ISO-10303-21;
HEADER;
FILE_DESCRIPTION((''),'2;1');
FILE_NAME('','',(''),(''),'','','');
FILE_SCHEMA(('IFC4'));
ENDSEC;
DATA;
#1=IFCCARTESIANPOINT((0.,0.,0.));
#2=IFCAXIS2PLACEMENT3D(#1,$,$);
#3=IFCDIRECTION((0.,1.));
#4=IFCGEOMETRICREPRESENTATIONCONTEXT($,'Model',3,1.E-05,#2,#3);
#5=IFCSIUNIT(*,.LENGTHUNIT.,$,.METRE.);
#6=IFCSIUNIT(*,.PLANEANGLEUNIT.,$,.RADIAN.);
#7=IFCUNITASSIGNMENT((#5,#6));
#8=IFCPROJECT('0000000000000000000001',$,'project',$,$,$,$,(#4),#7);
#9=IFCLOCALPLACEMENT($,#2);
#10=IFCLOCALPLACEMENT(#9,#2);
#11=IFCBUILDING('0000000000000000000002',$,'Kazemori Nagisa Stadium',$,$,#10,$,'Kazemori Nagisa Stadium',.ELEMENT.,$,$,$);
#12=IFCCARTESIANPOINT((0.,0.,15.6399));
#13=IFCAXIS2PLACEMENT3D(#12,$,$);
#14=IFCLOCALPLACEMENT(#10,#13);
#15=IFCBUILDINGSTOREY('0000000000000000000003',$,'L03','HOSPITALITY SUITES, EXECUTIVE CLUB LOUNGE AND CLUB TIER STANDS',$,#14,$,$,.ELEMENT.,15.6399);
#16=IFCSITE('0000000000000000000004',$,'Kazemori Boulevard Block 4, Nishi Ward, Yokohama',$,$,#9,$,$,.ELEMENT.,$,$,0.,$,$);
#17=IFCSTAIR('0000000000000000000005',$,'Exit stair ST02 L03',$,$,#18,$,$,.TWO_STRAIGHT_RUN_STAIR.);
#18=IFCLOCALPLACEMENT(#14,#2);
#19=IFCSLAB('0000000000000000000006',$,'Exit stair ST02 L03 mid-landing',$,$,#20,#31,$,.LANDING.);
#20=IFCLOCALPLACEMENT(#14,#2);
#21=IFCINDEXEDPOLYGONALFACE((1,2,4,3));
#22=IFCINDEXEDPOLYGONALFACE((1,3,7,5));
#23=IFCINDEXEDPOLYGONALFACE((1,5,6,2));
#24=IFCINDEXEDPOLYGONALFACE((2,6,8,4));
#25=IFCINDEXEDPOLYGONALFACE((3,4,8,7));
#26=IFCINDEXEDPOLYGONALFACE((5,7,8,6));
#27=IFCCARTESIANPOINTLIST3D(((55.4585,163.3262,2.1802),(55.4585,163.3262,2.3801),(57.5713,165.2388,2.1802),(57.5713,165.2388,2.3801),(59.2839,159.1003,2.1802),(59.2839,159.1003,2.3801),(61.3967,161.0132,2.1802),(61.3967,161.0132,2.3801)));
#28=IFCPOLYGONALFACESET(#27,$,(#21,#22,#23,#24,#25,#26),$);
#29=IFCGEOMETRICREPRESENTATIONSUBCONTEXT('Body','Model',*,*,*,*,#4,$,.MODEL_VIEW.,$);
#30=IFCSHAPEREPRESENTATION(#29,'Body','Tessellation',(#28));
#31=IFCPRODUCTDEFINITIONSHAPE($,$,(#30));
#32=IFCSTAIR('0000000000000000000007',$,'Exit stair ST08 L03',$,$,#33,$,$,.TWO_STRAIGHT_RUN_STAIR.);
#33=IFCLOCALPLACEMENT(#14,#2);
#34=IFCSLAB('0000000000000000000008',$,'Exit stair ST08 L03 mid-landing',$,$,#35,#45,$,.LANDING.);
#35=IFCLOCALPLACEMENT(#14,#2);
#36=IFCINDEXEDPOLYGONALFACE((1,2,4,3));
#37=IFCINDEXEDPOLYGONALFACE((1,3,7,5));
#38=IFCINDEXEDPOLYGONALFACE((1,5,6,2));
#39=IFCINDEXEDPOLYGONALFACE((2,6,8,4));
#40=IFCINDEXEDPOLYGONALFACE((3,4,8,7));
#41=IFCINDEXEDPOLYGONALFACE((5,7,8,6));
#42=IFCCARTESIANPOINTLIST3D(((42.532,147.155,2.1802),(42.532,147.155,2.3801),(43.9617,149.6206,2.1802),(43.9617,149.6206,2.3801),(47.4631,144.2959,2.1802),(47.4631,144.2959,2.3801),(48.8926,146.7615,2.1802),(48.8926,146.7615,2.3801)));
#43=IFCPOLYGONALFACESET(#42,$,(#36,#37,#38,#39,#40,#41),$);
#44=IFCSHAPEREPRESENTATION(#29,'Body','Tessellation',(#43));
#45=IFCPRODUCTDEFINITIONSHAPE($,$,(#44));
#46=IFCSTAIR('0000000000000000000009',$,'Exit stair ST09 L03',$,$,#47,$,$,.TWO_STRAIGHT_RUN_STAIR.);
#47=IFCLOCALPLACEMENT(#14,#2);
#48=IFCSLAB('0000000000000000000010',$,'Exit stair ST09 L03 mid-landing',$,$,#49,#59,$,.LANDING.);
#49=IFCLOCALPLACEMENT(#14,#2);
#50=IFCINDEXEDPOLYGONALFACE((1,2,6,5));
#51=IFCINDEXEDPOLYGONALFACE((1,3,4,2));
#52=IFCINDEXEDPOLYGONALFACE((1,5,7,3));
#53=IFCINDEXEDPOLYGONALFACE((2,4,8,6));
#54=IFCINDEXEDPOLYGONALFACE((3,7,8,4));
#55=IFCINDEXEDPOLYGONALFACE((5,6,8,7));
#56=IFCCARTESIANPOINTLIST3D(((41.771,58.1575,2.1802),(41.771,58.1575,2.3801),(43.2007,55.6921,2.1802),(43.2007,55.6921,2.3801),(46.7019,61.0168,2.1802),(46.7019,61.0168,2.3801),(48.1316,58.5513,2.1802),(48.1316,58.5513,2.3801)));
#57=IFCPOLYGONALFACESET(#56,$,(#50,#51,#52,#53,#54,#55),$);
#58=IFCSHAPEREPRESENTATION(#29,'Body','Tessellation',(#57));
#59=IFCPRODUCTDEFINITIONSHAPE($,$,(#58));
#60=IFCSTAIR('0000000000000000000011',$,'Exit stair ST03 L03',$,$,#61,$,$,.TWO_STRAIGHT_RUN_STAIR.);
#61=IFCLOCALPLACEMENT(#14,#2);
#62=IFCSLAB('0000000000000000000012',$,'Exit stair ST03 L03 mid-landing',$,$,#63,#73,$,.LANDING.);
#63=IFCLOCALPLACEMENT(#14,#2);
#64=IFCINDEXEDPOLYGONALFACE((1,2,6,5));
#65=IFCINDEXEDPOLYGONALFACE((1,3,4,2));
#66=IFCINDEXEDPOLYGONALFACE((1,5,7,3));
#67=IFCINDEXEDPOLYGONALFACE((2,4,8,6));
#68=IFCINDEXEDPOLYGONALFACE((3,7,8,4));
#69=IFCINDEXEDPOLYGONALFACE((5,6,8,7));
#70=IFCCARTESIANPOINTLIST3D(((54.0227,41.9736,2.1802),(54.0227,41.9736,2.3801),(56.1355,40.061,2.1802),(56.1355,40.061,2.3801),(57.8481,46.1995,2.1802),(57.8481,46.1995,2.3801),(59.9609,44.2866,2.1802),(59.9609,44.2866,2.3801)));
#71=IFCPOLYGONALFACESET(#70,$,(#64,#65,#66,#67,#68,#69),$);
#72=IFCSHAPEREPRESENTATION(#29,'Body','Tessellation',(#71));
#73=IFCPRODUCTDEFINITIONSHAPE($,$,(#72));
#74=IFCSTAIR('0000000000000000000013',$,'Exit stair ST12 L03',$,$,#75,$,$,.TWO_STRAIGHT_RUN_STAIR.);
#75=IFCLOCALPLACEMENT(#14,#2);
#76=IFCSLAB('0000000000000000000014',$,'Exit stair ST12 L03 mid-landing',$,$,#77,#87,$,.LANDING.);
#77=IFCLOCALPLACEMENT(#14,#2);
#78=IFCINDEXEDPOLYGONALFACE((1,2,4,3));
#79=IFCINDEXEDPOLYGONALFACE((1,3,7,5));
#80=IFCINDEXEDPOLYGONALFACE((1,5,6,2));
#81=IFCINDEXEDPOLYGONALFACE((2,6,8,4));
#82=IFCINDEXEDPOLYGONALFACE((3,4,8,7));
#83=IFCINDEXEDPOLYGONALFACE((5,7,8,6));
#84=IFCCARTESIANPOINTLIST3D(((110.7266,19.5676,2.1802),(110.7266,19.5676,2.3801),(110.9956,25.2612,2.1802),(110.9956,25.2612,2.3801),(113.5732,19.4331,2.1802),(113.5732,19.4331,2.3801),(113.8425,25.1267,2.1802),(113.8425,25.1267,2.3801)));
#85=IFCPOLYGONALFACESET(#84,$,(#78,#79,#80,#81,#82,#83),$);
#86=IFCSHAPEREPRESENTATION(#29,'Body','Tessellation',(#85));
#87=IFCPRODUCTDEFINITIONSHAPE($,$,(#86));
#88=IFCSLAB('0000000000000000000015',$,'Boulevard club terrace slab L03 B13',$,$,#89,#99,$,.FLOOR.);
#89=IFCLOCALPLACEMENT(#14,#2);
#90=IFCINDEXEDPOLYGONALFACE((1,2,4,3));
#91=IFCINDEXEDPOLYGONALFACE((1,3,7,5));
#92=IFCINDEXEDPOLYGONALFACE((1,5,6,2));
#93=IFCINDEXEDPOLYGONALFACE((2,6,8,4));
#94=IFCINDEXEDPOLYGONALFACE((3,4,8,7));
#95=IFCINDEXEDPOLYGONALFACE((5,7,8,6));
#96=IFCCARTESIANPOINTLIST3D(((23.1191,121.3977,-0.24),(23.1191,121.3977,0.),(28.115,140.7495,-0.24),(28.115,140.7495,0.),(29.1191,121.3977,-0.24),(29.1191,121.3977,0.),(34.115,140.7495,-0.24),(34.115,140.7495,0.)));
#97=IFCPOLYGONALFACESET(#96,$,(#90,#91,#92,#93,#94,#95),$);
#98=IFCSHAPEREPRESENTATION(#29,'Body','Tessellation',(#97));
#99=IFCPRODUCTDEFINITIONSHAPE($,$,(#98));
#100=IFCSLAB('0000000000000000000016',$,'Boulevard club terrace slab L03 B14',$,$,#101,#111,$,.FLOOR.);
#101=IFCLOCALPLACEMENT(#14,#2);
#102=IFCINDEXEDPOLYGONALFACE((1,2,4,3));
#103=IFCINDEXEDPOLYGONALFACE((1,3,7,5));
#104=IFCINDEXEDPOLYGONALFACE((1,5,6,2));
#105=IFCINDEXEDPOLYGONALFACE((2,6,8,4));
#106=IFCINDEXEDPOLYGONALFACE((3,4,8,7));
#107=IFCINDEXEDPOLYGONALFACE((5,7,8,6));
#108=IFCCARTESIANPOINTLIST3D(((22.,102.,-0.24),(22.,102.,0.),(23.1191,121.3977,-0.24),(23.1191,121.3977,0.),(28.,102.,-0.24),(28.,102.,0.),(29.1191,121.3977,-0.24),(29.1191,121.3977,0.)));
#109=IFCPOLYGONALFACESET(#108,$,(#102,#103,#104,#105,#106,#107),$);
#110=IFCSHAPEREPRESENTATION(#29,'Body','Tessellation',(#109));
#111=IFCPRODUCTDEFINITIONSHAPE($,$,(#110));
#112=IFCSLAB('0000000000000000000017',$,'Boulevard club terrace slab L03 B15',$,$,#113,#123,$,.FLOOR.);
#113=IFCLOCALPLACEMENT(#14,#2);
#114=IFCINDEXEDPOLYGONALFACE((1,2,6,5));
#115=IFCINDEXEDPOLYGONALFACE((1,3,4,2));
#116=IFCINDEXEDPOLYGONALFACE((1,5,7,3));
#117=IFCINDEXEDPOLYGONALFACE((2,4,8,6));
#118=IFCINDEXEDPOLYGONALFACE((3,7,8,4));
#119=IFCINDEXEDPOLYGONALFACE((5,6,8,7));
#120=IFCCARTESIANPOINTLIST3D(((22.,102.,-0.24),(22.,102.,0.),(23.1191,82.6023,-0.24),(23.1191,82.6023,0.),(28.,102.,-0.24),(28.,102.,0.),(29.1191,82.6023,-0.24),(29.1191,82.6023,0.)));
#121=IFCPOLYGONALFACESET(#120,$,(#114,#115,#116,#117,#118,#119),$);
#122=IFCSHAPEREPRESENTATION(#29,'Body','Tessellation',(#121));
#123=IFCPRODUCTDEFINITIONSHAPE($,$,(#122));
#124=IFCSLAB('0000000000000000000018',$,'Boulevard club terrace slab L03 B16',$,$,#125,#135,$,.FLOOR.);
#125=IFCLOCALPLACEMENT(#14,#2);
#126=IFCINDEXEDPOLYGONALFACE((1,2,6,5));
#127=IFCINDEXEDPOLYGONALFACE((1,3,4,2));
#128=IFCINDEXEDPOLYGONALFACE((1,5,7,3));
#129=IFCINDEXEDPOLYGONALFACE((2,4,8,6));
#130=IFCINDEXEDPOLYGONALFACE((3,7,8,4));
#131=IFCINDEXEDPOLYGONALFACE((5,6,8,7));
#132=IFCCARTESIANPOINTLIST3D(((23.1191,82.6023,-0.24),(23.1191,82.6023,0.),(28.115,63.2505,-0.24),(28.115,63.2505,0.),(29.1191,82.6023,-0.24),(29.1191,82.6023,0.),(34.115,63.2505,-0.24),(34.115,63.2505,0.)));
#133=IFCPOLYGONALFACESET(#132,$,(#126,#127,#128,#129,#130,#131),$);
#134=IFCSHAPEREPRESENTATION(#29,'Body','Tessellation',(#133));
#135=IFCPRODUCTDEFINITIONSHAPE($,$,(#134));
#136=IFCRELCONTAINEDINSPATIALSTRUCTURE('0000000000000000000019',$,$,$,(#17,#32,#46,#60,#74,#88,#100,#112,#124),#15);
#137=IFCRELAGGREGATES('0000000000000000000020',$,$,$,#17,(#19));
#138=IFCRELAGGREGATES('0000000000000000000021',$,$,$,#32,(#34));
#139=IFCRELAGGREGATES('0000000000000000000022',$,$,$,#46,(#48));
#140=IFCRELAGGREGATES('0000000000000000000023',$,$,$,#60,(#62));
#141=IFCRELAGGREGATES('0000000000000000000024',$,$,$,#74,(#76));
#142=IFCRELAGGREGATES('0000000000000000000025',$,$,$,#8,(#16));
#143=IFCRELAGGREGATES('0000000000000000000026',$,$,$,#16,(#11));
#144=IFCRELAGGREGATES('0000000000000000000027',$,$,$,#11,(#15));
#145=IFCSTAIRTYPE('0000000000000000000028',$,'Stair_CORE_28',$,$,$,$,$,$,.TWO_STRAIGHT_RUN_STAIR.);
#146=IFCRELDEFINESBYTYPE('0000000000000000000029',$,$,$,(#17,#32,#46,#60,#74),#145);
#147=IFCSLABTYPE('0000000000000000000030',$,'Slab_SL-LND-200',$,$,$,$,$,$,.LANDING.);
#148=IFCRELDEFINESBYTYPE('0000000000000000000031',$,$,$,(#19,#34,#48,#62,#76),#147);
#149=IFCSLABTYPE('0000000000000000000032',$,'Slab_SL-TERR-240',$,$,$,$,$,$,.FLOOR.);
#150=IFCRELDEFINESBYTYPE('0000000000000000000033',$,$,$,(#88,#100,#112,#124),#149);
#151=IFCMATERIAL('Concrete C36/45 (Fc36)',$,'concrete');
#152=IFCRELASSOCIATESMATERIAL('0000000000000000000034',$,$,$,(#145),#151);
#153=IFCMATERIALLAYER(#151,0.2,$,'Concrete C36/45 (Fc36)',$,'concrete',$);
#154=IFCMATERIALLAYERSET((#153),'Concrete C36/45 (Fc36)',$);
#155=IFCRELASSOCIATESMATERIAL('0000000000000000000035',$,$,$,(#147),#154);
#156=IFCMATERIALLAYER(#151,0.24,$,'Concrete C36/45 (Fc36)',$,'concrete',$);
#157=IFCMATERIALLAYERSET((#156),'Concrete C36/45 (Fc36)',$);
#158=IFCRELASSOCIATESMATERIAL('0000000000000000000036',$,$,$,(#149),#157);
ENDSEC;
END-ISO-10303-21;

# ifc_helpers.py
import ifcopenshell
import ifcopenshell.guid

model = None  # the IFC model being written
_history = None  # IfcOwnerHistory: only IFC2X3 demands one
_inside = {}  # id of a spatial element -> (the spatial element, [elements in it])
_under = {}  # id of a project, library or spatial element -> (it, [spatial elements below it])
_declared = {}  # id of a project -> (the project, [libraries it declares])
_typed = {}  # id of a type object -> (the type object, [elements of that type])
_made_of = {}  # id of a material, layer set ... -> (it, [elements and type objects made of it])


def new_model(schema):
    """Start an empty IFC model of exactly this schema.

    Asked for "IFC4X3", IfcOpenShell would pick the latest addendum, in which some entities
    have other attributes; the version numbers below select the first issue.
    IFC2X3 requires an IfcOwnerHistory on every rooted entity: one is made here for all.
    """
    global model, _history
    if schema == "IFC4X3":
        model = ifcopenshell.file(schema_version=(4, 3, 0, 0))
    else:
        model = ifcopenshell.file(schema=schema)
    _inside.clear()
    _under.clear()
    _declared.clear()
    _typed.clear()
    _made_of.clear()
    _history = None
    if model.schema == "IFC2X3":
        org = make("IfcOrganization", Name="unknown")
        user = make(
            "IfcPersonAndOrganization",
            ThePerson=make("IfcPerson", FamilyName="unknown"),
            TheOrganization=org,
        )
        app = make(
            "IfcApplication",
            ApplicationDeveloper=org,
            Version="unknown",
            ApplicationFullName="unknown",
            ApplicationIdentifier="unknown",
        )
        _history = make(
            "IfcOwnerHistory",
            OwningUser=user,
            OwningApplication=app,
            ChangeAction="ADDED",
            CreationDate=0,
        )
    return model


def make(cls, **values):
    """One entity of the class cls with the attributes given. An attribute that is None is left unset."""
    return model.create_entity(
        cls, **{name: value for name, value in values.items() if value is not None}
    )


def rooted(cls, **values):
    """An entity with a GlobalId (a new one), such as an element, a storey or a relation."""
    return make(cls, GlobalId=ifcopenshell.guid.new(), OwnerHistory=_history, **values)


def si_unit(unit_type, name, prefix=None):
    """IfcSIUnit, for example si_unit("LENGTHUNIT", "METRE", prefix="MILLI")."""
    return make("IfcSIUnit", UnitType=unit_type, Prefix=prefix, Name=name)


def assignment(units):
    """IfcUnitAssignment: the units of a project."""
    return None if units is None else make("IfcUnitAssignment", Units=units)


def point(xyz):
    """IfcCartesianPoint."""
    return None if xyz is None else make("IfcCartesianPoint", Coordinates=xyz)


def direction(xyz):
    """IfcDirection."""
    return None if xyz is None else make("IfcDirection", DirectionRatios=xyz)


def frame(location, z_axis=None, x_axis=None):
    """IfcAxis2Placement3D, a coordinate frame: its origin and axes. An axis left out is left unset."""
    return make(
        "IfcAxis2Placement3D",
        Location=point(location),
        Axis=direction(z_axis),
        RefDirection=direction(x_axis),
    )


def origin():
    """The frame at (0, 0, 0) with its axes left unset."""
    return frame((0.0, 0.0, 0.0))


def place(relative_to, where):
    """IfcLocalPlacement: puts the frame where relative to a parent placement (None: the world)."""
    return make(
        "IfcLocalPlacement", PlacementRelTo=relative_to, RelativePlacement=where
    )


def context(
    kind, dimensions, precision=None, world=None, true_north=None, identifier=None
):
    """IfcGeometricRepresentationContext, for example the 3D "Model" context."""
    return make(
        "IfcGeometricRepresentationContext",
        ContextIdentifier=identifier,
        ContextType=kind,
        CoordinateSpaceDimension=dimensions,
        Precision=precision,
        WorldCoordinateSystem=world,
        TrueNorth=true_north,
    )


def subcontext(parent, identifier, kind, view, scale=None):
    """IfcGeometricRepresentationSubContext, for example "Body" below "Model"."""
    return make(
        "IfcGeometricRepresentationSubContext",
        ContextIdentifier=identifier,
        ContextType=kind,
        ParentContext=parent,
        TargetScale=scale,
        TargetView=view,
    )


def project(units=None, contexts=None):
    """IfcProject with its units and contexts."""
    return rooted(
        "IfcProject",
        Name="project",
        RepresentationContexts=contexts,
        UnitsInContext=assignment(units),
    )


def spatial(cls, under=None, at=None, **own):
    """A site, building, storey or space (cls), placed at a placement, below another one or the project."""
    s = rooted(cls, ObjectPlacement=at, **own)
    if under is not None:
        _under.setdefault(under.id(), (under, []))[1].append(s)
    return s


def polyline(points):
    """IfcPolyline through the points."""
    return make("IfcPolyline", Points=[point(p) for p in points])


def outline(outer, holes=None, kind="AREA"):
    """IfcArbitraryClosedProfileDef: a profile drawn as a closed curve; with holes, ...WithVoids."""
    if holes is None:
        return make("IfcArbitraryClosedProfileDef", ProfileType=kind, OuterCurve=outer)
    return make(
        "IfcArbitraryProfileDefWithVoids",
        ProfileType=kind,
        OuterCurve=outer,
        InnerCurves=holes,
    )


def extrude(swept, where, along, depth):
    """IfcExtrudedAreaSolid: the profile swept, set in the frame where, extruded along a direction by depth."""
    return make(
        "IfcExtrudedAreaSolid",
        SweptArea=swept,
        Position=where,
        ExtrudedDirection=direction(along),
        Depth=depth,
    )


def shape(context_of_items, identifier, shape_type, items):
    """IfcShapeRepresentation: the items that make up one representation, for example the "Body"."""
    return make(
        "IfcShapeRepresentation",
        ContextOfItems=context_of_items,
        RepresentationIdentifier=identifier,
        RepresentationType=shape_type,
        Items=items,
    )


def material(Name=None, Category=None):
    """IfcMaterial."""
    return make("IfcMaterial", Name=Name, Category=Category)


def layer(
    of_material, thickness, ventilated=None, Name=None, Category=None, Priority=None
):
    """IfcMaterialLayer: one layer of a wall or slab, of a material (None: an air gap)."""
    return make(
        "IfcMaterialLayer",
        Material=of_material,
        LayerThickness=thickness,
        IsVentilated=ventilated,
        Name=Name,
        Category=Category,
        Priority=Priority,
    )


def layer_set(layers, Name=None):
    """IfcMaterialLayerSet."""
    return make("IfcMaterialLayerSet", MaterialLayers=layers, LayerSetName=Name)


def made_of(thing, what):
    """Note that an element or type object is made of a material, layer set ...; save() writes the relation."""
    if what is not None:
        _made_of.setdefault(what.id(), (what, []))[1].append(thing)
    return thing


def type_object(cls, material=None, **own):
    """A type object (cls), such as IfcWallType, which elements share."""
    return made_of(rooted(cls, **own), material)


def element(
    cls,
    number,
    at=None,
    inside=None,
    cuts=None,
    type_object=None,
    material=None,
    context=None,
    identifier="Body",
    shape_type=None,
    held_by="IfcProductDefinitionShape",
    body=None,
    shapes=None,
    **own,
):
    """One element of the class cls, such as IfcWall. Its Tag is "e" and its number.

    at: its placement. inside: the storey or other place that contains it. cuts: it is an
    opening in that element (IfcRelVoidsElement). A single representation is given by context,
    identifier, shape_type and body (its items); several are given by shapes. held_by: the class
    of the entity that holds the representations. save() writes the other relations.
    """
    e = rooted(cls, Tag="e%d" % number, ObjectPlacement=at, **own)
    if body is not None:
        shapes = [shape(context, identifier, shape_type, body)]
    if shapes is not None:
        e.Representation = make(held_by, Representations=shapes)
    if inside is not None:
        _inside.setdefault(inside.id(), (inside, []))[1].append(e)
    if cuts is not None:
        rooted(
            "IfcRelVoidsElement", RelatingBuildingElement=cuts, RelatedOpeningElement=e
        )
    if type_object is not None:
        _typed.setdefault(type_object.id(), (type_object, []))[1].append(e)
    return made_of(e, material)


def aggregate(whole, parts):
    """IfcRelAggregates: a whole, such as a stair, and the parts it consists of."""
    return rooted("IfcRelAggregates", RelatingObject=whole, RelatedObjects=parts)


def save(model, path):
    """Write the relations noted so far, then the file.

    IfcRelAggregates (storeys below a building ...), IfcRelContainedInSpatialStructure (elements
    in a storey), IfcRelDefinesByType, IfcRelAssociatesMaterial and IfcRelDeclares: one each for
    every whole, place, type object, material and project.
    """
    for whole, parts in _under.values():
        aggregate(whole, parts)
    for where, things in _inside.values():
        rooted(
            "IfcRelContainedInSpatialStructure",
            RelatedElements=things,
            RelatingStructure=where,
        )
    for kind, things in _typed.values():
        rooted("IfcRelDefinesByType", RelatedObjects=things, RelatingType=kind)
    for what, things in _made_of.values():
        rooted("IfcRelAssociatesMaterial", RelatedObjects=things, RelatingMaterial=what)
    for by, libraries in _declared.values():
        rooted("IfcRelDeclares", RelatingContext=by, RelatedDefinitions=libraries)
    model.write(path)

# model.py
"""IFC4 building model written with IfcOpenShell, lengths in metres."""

from ifc_helpers import new_model, si_unit, direction, frame, origin, place, context, subcontext, project, spatial, polyline, outline, extrude, material, layer, layer_set, type_object, element, aggregate, save


model = new_model("IFC4")

# Units and contexts
model_context = context("Model", 3, precision=1e-05, world=origin(), true_north=direction((0.0, 1.0)))
body_context = subcontext(model_context, "Body", "Model", "MODEL_VIEW")
ifc_project = project(units=[si_unit("LENGTHUNIT", "METRE"), si_unit("PLANEANGLEUNIT", "RADIAN")], contexts=[model_context])

# Site, building, storey
site_placement = place(None, origin())
site = spatial("IfcSite", under=ifc_project, at=site_placement, Name="Kazemori Boulevard Block 4, Nishi Ward, Yokohama", CompositionType="ELEMENT", RefElevation=0.0)
building_placement = place(site_placement, origin())
building = spatial("IfcBuilding", under=site, at=building_placement, Name="Kazemori Nagisa Stadium", LongName="Kazemori Nagisa Stadium", CompositionType="ELEMENT")
storey_placement = place(building_placement, frame((0.0, 0.0, 15.6399)))
storey = spatial("IfcBuildingStorey", under=building, at=storey_placement, Name="L03", Description="HOSPITALITY SUITES, EXECUTIVE CLUB LOUNGE AND CLUB TIER STANDS", CompositionType="ELEMENT", Elevation=15.6399)

# Shared definitions
ifc_material = material(Name="Concrete C36/45 (Fc36)", Category="concrete")

# Stairs, slabs
stair_type = type_object("IfcStairType", Name="Stair_CORE_28", PredefinedType="TWO_STRAIGHT_RUN_STAIR", material=ifc_material)
ifc_layer_1 = layer(ifc_material, 0.2, Name="Concrete C36/45 (Fc36)", Category="concrete")
ifc_layer_set_1 = layer_set([ifc_layer_1], Name="Concrete C36/45 (Fc36)")
slab_type_1 = type_object("IfcSlabType", Name="Slab_SL-LND-200", PredefinedType="LANDING", material=ifc_layer_set_1)
stair_1_placement = place(storey_placement, origin())
stair_1 = element("IfcStair", 1, at=stair_1_placement, inside=storey, type_object=stair_type, Name="Exit stair ST02 L03", PredefinedType="TWO_STRAIGHT_RUN_STAIR")
slab_1_placement = place(storey_placement, frame((0.0, 0.0, 2.1802)))
slab_1 = element("IfcSlab", 2, at=slab_1_placement, type_object=slab_type_1, Name="Exit stair ST02 L03 mid-landing", PredefinedType="LANDING", context=body_context, shape_type="SweptSolid", body=[
    extrude(outline(polyline([(61.3967, 161.0132), (59.2839, 159.1003), (55.4585, 163.3262), (57.5713, 165.2388), (61.3967, 161.0132)])), origin(), (0.0, 0.0, 1.0), 0.2),
])
aggregate(stair_1, [slab_1])
stair_2_placement = place(storey_placement, origin())
stair_2 = element("IfcStair", 3, at=stair_2_placement, inside=storey, type_object=stair_type, Name="Exit stair ST08 L03", PredefinedType="TWO_STRAIGHT_RUN_STAIR")
slab_2_placement = place(storey_placement, frame((0.0, 0.0, 2.1802)))
slab_2 = element("IfcSlab", 4, at=slab_2_placement, type_object=slab_type_1, Name="Exit stair ST08 L03 mid-landing", PredefinedType="LANDING", context=body_context, shape_type="SweptSolid", body=[
    extrude(outline(polyline([(48.8926, 146.7615), (47.4631, 144.2959), (42.532, 147.155), (43.9617, 149.6206), (48.8926, 146.7615)])), origin(), (0.0, 0.0, 1.0), 0.2),
])
aggregate(stair_2, [slab_2])
stair_3_placement = place(storey_placement, origin())
stair_3 = element("IfcStair", 5, at=stair_3_placement, inside=storey, type_object=stair_type, Name="Exit stair ST09 L03", PredefinedType="TWO_STRAIGHT_RUN_STAIR")
slab_3_placement = place(storey_placement, frame((0.0, 0.0, 2.1802)))
slab_3 = element("IfcSlab", 6, at=slab_3_placement, type_object=slab_type_1, Name="Exit stair ST09 L03 mid-landing", PredefinedType="LANDING", context=body_context, shape_type="SweptSolid", body=[
    extrude(outline(polyline([(46.7019, 61.0168), (48.1316, 58.5513), (43.2007, 55.6921), (41.771, 58.1575), (46.7019, 61.0168)])), origin(), (0.0, 0.0, 1.0), 0.2),
])
aggregate(stair_3, [slab_3])
stair_4_placement = place(storey_placement, origin())
stair_4 = element("IfcStair", 7, at=stair_4_placement, inside=storey, type_object=stair_type, Name="Exit stair ST03 L03", PredefinedType="TWO_STRAIGHT_RUN_STAIR")
slab_4_placement = place(storey_placement, frame((0.0, 0.0, 2.1802)))
slab_4 = element("IfcSlab", 8, at=slab_4_placement, type_object=slab_type_1, Name="Exit stair ST03 L03 mid-landing", PredefinedType="LANDING", context=body_context, shape_type="SweptSolid", body=[
    extrude(outline(polyline([(57.8481, 46.1995), (59.9609, 44.2866), (56.1355, 40.061), (54.0227, 41.9736), (57.8481, 46.1995)])), origin(), (0.0, 0.0, 1.0), 0.2),
])
aggregate(stair_4, [slab_4])
stair_5_placement = place(storey_placement, origin())
stair_5 = element("IfcStair", 9, at=stair_5_placement, inside=storey, type_object=stair_type, Name="Exit stair ST12 L03", PredefinedType="TWO_STRAIGHT_RUN_STAIR")
slab_5_placement = place(storey_placement, frame((0.0, 0.0, 2.1802)))
slab_5 = element("IfcSlab", 10, at=slab_5_placement, type_object=slab_type_1, Name="Exit stair ST12 L03 mid-landing", PredefinedType="LANDING", context=body_context, shape_type="SweptSolid", body=[
    extrude(outline(polyline([(110.9956, 25.2612), (113.8425, 25.1267), (113.5732, 19.4331), (110.7266, 19.5676), (110.9956, 25.2612)])), origin(), (0.0, 0.0, 1.0), 0.2),
])
aggregate(stair_5, [slab_5])

# Slabs
ifc_layer_2 = layer(ifc_material, 0.24, Name="Concrete C36/45 (Fc36)", Category="concrete")
ifc_layer_set_2 = layer_set([ifc_layer_2], Name="Concrete C36/45 (Fc36)")
slab_type_2 = type_object("IfcSlabType", Name="Slab_SL-TERR-240", PredefinedType="FLOOR", material=ifc_layer_set_2)
slab_6_placement = place(storey_placement, frame((0.0, 0.0, -0.24)))
element("IfcSlab", 11, at=slab_6_placement, inside=storey, type_object=slab_type_2, Name="Boulevard club terrace slab L03 B13", PredefinedType="FLOOR", context=body_context, shape_type="SweptSolid", body=[
    extrude(outline(polyline([(34.115, 140.7495), (29.1191, 121.3977), (23.1191, 121.3977), (28.115, 140.7495), (34.115, 140.7495)])), origin(), (0.0, 0.0, 1.0), 0.24),
])
slab_7_placement = place(storey_placement, frame((0.0, 0.0, -0.24)))
element("IfcSlab", 12, at=slab_7_placement, inside=storey, type_object=slab_type_2, Name="Boulevard club terrace slab L03 B14", PredefinedType="FLOOR", context=body_context, shape_type="SweptSolid", body=[
    extrude(outline(polyline([(29.1191, 121.3977), (28.0, 102.0), (22.0, 102.0), (23.1191, 121.3977), (29.1191, 121.3977)])), origin(), (0.0, 0.0, 1.0), 0.24),
])
slab_8_placement = place(storey_placement, frame((0.0, 0.0, -0.24)))
element("IfcSlab", 13, at=slab_8_placement, inside=storey, type_object=slab_type_2, Name="Boulevard club terrace slab L03 B15", PredefinedType="FLOOR", context=body_context, shape_type="SweptSolid", body=[
    extrude(outline(polyline([(28.0, 102.0), (29.1191, 82.6023), (23.1191, 82.6023), (22.0, 102.0), (28.0, 102.0)])), origin(), (0.0, 0.0, 1.0), 0.24),
])
slab_9_placement = place(storey_placement, frame((0.0, 0.0, -0.24)))
element("IfcSlab", 14, at=slab_9_placement, inside=storey, type_object=slab_type_2, Name="Boulevard club terrace slab L03 B16", PredefinedType="FLOOR", context=body_context, shape_type="SweptSolid", body=[
    extrude(outline(polyline([(29.1191, 82.6023), (34.115, 63.2505), (28.115, 63.2505), (23.1191, 82.6023), (29.1191, 82.6023)])), origin(), (0.0, 0.0, 1.0), 0.24),
])

save(model, "model.ifc")
